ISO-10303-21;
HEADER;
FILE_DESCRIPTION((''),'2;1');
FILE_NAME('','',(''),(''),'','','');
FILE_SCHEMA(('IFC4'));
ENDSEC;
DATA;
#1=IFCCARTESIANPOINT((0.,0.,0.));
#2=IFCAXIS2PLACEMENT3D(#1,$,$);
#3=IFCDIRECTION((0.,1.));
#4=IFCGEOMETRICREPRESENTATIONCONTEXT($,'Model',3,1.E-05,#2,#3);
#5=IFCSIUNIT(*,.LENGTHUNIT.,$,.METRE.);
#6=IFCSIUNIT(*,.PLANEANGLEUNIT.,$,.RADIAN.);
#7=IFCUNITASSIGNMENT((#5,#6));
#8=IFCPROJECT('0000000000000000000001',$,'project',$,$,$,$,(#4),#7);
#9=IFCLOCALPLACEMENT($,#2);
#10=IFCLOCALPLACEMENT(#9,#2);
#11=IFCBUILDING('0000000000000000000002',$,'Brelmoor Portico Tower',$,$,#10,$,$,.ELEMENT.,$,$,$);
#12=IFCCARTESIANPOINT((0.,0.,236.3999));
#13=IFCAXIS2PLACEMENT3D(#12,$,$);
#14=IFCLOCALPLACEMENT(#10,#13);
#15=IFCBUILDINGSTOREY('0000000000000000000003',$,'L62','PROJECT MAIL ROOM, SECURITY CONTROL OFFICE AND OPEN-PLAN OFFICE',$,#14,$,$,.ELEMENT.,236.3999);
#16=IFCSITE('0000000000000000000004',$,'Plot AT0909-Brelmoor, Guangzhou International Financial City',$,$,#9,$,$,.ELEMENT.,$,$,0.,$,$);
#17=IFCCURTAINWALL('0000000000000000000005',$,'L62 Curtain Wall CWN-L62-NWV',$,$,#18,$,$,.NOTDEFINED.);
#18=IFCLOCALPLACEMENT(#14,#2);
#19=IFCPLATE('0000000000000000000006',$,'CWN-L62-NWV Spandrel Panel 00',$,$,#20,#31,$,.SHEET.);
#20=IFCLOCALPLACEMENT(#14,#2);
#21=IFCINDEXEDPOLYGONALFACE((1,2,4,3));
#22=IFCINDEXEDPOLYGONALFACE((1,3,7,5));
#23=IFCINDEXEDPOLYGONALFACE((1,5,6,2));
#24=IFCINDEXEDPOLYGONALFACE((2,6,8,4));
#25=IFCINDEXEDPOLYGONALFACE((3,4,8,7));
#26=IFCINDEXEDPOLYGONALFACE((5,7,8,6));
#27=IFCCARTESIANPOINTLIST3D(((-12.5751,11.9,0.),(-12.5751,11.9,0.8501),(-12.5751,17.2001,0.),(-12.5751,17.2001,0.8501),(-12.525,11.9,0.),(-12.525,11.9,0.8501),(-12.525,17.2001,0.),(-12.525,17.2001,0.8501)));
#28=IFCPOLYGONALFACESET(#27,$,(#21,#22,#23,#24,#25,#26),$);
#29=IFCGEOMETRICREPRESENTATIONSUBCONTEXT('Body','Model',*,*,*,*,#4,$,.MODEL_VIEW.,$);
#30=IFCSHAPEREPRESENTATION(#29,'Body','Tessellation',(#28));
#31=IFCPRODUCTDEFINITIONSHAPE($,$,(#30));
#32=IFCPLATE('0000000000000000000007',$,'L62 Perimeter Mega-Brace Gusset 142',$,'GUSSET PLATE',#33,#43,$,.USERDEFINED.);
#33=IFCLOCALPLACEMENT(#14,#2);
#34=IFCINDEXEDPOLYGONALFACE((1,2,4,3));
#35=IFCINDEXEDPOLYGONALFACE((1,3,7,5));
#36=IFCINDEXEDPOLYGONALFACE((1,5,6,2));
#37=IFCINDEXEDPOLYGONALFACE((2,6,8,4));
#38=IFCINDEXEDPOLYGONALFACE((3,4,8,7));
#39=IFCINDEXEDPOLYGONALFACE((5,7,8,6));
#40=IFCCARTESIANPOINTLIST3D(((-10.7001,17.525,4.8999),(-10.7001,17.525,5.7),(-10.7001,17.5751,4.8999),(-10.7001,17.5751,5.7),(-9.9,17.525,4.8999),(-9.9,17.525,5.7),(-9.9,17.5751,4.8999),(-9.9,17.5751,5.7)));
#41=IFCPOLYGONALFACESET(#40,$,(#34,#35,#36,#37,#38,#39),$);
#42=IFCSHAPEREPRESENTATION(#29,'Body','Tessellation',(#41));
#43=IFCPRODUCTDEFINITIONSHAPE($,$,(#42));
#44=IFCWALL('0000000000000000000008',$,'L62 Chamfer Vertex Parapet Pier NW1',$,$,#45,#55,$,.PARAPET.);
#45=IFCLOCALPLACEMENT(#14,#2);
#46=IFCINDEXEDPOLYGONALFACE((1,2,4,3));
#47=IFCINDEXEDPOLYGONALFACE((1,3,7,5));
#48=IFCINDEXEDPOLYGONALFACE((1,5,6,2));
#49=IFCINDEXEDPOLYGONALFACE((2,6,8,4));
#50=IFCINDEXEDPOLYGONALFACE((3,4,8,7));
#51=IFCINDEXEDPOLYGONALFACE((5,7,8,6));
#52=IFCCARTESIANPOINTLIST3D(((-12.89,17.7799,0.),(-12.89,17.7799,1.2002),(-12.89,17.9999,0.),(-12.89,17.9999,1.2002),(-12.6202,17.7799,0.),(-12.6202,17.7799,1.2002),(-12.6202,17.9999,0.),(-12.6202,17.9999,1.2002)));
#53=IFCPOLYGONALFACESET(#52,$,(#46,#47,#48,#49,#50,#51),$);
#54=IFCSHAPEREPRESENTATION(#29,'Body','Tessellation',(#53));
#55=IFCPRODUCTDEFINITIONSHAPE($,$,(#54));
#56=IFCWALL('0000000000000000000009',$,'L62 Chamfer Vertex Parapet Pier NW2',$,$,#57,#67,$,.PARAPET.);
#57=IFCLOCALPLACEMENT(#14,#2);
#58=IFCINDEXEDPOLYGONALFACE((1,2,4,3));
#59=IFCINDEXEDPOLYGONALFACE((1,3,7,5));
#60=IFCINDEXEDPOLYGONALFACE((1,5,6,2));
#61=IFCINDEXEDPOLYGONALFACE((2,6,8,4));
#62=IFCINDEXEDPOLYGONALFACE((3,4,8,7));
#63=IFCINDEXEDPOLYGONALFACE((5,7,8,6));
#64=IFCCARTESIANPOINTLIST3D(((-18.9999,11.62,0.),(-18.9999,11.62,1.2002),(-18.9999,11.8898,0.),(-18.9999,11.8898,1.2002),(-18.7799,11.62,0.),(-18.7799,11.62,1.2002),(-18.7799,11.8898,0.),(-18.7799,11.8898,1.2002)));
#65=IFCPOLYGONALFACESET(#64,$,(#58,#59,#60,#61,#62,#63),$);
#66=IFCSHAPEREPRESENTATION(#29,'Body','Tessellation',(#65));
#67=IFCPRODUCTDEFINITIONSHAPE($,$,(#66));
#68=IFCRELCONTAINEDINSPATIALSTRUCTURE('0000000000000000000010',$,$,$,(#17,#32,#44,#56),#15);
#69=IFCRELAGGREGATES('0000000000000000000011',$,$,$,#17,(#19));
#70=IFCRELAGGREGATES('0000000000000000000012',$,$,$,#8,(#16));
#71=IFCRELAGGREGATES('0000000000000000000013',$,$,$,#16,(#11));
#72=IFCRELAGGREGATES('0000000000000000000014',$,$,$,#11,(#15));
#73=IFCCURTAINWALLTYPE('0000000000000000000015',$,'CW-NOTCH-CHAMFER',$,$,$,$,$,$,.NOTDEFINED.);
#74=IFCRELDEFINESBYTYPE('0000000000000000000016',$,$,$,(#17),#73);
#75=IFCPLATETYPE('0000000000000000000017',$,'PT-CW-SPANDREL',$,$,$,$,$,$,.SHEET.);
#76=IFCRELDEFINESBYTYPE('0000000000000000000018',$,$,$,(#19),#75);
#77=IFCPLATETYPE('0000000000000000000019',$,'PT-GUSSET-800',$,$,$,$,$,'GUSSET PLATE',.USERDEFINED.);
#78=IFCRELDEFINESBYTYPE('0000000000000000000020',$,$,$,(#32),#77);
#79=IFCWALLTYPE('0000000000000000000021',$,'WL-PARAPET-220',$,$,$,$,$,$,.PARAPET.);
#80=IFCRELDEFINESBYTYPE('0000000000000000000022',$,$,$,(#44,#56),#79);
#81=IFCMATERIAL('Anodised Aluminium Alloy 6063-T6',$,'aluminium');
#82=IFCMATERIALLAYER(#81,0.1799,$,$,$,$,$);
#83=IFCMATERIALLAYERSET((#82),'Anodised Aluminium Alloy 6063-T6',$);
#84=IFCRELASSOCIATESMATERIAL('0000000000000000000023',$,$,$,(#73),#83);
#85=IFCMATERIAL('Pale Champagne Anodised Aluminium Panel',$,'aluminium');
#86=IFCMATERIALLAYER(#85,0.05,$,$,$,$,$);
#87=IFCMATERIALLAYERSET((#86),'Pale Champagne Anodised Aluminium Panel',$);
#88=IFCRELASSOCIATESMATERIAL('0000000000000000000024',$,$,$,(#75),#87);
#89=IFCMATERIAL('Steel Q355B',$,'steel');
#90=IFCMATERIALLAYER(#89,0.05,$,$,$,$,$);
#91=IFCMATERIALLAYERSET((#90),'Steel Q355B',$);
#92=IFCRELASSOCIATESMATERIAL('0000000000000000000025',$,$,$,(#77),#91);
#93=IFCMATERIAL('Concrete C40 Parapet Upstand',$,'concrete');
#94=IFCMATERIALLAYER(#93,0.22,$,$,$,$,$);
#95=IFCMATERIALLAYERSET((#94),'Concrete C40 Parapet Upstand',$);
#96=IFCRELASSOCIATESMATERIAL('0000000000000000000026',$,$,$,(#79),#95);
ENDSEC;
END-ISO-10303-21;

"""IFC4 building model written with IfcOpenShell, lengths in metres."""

from ifc_helpers import new_model, si_unit, direction, frame, frame_2d, origin, origin_2d, place, context, subcontext, project, spatial, rectangle, extrude, material, layer, layer_set, type_object, element, aggregate, save


model = new_model("IFC4")

# Units and contexts
model_context = context("Model", 3, precision=1e-05, world=origin(), true_north=direction((0.0, 1.0)))
body_context = subcontext(model_context, "Body", "Model", "MODEL_VIEW")
ifc_project = project(units=[si_unit("LENGTHUNIT", "METRE"), si_unit("PLANEANGLEUNIT", "RADIAN")], contexts=[model_context])

# Site, building, storey
site_placement = place(None, origin())
site = spatial("IfcSite", under=ifc_project, at=site_placement, Name="Plot AT0909-Brelmoor, Guangzhou International Financial City", CompositionType="ELEMENT", RefElevation=0.0)
building_placement = place(site_placement, origin())
building = spatial("IfcBuilding", under=site, at=building_placement, Name="Brelmoor Portico Tower", CompositionType="ELEMENT")
storey_placement = place(building_placement, frame((0.0, 0.0, 236.3999)))
storey = spatial("IfcBuildingStorey", under=building, at=storey_placement, Name="L62", Description="PROJECT MAIL ROOM, SECURITY CONTROL OFFICE AND OPEN-PLAN OFFICE", CompositionType="ELEMENT", Elevation=236.3999)

# Shared definitions
ifc_material_1 = material(Name="Steel Q355B", Category="steel")

# Shared definitions
ifc_material_2 = material(Name="Anodised Aluminium Alloy 6063-T6", Category="aluminium")

# Curtain wall
ifc_layer_1 = layer(ifc_material_2, 0.1799)
ifc_layer_set_1 = layer_set([ifc_layer_1], Name="Anodised Aluminium Alloy 6063-T6")
curtain_wall_type_1 = type_object("IfcCurtainWallType", Name="CW-NOTCH-CHAMFER", PredefinedType="NOTDEFINED", material=ifc_layer_set_1)
curtain_wall_1_placement = place(storey_placement, origin())
curtain_wall_1 = element("IfcCurtainWall", 1, at=curtain_wall_1_placement, inside=storey, type_object=curtain_wall_type_1, Name="L62 Curtain Wall CWN-L62-NWV", PredefinedType="NOTDEFINED")

# Plates
ifc_material_3 = material(Name="Pale Champagne Anodised Aluminium Panel", Category="aluminium")
ifc_layer_2 = layer(ifc_material_3, 0.05)
ifc_layer_set_2 = layer_set([ifc_layer_2], Name="Pale Champagne Anodised Aluminium Panel")
plate_type_1 = type_object("IfcPlateType", Name="PT-CW-SPANDREL", PredefinedType="SHEET", material=ifc_layer_set_2)
plate_1_placement = place(storey_placement, frame((-12.55, 14.55, 0.0), z_axis=(0.0, 0.0, 1.0), x_axis=(0.0, 1.0, 0.0)))
plate_1 = element("IfcPlate", 2, at=plate_1_placement, type_object=plate_type_1, Name="CWN-L62-NWV Spandrel Panel 00", PredefinedType="SHEET", context=body_context, shape_type="SweptSolid", body=[
    extrude(rectangle(XDim=5.3, YDim=0.05, at=origin_2d()), origin(), (0.0, 0.0, 1.0), 0.8501),
])
aggregate(curtain_wall_1, [plate_1])
ifc_layer_3 = layer(ifc_material_1, 0.05)
ifc_layer_set_3 = layer_set([ifc_layer_3], Name="Steel Q355B")
plate_type_2 = type_object("IfcPlateType", Name="PT-GUSSET-800", ElementType="GUSSET PLATE", PredefinedType="USERDEFINED", material=ifc_layer_set_3)
plate_2_placement = place(storey_placement, frame((-10.3, 17.55, 4.8999), z_axis=(0.0, 0.0, 1.0), x_axis=(1.0, 0.0, 0.0)))
element("IfcPlate", 3, at=plate_2_placement, inside=storey, type_object=plate_type_2, Name="L62 Perimeter Mega-Brace Gusset 142", ObjectType="GUSSET PLATE", PredefinedType="USERDEFINED", context=body_context, shape_type="SweptSolid", body=[
    extrude(rectangle(XDim=0.8, YDim=0.05, at=origin_2d()), origin(), (0.0, 0.0, 1.0), 0.8),
])

# Walls
ifc_material_4 = material(Name="Concrete C40 Parapet Upstand", Category="concrete")
ifc_layer_4 = layer(ifc_material_4, 0.22)
ifc_layer_set_4 = layer_set([ifc_layer_4], Name="Concrete C40 Parapet Upstand")
wall_type = type_object("IfcWallType", Name="WL-PARAPET-220", PredefinedType="PARAPET", material=ifc_layer_set_4)
for number, where, z_axis, x_axis, name in (
    (4, (-12.8899, 17.8899, 0.0), (0.0, 0.0, 1.0), (1.0, 0.0, 0.0), "L62 Chamfer Vertex Parapet Pier NW1"),
    (5, (-18.8899, 11.6201, 0.0), (0.0, 0.0, 1.0), (0.0, 1.0, 0.0), "L62 Chamfer Vertex Parapet Pier NW2"),
):
    element("IfcWall", number, at=place(storey_placement, frame(where, z_axis=z_axis, x_axis=x_axis)), inside=storey, type_object=wall_type, Name=name, PredefinedType="PARAPET", context=body_context, shape_type="SweptSolid", body=[
        extrude(rectangle(XDim=0.2698, YDim=0.22, at=frame_2d((0.1348, 0.0))), origin(), (0.0, 0.0, 1.0), 1.2002),
    ])

save(model, "model.ifc")
